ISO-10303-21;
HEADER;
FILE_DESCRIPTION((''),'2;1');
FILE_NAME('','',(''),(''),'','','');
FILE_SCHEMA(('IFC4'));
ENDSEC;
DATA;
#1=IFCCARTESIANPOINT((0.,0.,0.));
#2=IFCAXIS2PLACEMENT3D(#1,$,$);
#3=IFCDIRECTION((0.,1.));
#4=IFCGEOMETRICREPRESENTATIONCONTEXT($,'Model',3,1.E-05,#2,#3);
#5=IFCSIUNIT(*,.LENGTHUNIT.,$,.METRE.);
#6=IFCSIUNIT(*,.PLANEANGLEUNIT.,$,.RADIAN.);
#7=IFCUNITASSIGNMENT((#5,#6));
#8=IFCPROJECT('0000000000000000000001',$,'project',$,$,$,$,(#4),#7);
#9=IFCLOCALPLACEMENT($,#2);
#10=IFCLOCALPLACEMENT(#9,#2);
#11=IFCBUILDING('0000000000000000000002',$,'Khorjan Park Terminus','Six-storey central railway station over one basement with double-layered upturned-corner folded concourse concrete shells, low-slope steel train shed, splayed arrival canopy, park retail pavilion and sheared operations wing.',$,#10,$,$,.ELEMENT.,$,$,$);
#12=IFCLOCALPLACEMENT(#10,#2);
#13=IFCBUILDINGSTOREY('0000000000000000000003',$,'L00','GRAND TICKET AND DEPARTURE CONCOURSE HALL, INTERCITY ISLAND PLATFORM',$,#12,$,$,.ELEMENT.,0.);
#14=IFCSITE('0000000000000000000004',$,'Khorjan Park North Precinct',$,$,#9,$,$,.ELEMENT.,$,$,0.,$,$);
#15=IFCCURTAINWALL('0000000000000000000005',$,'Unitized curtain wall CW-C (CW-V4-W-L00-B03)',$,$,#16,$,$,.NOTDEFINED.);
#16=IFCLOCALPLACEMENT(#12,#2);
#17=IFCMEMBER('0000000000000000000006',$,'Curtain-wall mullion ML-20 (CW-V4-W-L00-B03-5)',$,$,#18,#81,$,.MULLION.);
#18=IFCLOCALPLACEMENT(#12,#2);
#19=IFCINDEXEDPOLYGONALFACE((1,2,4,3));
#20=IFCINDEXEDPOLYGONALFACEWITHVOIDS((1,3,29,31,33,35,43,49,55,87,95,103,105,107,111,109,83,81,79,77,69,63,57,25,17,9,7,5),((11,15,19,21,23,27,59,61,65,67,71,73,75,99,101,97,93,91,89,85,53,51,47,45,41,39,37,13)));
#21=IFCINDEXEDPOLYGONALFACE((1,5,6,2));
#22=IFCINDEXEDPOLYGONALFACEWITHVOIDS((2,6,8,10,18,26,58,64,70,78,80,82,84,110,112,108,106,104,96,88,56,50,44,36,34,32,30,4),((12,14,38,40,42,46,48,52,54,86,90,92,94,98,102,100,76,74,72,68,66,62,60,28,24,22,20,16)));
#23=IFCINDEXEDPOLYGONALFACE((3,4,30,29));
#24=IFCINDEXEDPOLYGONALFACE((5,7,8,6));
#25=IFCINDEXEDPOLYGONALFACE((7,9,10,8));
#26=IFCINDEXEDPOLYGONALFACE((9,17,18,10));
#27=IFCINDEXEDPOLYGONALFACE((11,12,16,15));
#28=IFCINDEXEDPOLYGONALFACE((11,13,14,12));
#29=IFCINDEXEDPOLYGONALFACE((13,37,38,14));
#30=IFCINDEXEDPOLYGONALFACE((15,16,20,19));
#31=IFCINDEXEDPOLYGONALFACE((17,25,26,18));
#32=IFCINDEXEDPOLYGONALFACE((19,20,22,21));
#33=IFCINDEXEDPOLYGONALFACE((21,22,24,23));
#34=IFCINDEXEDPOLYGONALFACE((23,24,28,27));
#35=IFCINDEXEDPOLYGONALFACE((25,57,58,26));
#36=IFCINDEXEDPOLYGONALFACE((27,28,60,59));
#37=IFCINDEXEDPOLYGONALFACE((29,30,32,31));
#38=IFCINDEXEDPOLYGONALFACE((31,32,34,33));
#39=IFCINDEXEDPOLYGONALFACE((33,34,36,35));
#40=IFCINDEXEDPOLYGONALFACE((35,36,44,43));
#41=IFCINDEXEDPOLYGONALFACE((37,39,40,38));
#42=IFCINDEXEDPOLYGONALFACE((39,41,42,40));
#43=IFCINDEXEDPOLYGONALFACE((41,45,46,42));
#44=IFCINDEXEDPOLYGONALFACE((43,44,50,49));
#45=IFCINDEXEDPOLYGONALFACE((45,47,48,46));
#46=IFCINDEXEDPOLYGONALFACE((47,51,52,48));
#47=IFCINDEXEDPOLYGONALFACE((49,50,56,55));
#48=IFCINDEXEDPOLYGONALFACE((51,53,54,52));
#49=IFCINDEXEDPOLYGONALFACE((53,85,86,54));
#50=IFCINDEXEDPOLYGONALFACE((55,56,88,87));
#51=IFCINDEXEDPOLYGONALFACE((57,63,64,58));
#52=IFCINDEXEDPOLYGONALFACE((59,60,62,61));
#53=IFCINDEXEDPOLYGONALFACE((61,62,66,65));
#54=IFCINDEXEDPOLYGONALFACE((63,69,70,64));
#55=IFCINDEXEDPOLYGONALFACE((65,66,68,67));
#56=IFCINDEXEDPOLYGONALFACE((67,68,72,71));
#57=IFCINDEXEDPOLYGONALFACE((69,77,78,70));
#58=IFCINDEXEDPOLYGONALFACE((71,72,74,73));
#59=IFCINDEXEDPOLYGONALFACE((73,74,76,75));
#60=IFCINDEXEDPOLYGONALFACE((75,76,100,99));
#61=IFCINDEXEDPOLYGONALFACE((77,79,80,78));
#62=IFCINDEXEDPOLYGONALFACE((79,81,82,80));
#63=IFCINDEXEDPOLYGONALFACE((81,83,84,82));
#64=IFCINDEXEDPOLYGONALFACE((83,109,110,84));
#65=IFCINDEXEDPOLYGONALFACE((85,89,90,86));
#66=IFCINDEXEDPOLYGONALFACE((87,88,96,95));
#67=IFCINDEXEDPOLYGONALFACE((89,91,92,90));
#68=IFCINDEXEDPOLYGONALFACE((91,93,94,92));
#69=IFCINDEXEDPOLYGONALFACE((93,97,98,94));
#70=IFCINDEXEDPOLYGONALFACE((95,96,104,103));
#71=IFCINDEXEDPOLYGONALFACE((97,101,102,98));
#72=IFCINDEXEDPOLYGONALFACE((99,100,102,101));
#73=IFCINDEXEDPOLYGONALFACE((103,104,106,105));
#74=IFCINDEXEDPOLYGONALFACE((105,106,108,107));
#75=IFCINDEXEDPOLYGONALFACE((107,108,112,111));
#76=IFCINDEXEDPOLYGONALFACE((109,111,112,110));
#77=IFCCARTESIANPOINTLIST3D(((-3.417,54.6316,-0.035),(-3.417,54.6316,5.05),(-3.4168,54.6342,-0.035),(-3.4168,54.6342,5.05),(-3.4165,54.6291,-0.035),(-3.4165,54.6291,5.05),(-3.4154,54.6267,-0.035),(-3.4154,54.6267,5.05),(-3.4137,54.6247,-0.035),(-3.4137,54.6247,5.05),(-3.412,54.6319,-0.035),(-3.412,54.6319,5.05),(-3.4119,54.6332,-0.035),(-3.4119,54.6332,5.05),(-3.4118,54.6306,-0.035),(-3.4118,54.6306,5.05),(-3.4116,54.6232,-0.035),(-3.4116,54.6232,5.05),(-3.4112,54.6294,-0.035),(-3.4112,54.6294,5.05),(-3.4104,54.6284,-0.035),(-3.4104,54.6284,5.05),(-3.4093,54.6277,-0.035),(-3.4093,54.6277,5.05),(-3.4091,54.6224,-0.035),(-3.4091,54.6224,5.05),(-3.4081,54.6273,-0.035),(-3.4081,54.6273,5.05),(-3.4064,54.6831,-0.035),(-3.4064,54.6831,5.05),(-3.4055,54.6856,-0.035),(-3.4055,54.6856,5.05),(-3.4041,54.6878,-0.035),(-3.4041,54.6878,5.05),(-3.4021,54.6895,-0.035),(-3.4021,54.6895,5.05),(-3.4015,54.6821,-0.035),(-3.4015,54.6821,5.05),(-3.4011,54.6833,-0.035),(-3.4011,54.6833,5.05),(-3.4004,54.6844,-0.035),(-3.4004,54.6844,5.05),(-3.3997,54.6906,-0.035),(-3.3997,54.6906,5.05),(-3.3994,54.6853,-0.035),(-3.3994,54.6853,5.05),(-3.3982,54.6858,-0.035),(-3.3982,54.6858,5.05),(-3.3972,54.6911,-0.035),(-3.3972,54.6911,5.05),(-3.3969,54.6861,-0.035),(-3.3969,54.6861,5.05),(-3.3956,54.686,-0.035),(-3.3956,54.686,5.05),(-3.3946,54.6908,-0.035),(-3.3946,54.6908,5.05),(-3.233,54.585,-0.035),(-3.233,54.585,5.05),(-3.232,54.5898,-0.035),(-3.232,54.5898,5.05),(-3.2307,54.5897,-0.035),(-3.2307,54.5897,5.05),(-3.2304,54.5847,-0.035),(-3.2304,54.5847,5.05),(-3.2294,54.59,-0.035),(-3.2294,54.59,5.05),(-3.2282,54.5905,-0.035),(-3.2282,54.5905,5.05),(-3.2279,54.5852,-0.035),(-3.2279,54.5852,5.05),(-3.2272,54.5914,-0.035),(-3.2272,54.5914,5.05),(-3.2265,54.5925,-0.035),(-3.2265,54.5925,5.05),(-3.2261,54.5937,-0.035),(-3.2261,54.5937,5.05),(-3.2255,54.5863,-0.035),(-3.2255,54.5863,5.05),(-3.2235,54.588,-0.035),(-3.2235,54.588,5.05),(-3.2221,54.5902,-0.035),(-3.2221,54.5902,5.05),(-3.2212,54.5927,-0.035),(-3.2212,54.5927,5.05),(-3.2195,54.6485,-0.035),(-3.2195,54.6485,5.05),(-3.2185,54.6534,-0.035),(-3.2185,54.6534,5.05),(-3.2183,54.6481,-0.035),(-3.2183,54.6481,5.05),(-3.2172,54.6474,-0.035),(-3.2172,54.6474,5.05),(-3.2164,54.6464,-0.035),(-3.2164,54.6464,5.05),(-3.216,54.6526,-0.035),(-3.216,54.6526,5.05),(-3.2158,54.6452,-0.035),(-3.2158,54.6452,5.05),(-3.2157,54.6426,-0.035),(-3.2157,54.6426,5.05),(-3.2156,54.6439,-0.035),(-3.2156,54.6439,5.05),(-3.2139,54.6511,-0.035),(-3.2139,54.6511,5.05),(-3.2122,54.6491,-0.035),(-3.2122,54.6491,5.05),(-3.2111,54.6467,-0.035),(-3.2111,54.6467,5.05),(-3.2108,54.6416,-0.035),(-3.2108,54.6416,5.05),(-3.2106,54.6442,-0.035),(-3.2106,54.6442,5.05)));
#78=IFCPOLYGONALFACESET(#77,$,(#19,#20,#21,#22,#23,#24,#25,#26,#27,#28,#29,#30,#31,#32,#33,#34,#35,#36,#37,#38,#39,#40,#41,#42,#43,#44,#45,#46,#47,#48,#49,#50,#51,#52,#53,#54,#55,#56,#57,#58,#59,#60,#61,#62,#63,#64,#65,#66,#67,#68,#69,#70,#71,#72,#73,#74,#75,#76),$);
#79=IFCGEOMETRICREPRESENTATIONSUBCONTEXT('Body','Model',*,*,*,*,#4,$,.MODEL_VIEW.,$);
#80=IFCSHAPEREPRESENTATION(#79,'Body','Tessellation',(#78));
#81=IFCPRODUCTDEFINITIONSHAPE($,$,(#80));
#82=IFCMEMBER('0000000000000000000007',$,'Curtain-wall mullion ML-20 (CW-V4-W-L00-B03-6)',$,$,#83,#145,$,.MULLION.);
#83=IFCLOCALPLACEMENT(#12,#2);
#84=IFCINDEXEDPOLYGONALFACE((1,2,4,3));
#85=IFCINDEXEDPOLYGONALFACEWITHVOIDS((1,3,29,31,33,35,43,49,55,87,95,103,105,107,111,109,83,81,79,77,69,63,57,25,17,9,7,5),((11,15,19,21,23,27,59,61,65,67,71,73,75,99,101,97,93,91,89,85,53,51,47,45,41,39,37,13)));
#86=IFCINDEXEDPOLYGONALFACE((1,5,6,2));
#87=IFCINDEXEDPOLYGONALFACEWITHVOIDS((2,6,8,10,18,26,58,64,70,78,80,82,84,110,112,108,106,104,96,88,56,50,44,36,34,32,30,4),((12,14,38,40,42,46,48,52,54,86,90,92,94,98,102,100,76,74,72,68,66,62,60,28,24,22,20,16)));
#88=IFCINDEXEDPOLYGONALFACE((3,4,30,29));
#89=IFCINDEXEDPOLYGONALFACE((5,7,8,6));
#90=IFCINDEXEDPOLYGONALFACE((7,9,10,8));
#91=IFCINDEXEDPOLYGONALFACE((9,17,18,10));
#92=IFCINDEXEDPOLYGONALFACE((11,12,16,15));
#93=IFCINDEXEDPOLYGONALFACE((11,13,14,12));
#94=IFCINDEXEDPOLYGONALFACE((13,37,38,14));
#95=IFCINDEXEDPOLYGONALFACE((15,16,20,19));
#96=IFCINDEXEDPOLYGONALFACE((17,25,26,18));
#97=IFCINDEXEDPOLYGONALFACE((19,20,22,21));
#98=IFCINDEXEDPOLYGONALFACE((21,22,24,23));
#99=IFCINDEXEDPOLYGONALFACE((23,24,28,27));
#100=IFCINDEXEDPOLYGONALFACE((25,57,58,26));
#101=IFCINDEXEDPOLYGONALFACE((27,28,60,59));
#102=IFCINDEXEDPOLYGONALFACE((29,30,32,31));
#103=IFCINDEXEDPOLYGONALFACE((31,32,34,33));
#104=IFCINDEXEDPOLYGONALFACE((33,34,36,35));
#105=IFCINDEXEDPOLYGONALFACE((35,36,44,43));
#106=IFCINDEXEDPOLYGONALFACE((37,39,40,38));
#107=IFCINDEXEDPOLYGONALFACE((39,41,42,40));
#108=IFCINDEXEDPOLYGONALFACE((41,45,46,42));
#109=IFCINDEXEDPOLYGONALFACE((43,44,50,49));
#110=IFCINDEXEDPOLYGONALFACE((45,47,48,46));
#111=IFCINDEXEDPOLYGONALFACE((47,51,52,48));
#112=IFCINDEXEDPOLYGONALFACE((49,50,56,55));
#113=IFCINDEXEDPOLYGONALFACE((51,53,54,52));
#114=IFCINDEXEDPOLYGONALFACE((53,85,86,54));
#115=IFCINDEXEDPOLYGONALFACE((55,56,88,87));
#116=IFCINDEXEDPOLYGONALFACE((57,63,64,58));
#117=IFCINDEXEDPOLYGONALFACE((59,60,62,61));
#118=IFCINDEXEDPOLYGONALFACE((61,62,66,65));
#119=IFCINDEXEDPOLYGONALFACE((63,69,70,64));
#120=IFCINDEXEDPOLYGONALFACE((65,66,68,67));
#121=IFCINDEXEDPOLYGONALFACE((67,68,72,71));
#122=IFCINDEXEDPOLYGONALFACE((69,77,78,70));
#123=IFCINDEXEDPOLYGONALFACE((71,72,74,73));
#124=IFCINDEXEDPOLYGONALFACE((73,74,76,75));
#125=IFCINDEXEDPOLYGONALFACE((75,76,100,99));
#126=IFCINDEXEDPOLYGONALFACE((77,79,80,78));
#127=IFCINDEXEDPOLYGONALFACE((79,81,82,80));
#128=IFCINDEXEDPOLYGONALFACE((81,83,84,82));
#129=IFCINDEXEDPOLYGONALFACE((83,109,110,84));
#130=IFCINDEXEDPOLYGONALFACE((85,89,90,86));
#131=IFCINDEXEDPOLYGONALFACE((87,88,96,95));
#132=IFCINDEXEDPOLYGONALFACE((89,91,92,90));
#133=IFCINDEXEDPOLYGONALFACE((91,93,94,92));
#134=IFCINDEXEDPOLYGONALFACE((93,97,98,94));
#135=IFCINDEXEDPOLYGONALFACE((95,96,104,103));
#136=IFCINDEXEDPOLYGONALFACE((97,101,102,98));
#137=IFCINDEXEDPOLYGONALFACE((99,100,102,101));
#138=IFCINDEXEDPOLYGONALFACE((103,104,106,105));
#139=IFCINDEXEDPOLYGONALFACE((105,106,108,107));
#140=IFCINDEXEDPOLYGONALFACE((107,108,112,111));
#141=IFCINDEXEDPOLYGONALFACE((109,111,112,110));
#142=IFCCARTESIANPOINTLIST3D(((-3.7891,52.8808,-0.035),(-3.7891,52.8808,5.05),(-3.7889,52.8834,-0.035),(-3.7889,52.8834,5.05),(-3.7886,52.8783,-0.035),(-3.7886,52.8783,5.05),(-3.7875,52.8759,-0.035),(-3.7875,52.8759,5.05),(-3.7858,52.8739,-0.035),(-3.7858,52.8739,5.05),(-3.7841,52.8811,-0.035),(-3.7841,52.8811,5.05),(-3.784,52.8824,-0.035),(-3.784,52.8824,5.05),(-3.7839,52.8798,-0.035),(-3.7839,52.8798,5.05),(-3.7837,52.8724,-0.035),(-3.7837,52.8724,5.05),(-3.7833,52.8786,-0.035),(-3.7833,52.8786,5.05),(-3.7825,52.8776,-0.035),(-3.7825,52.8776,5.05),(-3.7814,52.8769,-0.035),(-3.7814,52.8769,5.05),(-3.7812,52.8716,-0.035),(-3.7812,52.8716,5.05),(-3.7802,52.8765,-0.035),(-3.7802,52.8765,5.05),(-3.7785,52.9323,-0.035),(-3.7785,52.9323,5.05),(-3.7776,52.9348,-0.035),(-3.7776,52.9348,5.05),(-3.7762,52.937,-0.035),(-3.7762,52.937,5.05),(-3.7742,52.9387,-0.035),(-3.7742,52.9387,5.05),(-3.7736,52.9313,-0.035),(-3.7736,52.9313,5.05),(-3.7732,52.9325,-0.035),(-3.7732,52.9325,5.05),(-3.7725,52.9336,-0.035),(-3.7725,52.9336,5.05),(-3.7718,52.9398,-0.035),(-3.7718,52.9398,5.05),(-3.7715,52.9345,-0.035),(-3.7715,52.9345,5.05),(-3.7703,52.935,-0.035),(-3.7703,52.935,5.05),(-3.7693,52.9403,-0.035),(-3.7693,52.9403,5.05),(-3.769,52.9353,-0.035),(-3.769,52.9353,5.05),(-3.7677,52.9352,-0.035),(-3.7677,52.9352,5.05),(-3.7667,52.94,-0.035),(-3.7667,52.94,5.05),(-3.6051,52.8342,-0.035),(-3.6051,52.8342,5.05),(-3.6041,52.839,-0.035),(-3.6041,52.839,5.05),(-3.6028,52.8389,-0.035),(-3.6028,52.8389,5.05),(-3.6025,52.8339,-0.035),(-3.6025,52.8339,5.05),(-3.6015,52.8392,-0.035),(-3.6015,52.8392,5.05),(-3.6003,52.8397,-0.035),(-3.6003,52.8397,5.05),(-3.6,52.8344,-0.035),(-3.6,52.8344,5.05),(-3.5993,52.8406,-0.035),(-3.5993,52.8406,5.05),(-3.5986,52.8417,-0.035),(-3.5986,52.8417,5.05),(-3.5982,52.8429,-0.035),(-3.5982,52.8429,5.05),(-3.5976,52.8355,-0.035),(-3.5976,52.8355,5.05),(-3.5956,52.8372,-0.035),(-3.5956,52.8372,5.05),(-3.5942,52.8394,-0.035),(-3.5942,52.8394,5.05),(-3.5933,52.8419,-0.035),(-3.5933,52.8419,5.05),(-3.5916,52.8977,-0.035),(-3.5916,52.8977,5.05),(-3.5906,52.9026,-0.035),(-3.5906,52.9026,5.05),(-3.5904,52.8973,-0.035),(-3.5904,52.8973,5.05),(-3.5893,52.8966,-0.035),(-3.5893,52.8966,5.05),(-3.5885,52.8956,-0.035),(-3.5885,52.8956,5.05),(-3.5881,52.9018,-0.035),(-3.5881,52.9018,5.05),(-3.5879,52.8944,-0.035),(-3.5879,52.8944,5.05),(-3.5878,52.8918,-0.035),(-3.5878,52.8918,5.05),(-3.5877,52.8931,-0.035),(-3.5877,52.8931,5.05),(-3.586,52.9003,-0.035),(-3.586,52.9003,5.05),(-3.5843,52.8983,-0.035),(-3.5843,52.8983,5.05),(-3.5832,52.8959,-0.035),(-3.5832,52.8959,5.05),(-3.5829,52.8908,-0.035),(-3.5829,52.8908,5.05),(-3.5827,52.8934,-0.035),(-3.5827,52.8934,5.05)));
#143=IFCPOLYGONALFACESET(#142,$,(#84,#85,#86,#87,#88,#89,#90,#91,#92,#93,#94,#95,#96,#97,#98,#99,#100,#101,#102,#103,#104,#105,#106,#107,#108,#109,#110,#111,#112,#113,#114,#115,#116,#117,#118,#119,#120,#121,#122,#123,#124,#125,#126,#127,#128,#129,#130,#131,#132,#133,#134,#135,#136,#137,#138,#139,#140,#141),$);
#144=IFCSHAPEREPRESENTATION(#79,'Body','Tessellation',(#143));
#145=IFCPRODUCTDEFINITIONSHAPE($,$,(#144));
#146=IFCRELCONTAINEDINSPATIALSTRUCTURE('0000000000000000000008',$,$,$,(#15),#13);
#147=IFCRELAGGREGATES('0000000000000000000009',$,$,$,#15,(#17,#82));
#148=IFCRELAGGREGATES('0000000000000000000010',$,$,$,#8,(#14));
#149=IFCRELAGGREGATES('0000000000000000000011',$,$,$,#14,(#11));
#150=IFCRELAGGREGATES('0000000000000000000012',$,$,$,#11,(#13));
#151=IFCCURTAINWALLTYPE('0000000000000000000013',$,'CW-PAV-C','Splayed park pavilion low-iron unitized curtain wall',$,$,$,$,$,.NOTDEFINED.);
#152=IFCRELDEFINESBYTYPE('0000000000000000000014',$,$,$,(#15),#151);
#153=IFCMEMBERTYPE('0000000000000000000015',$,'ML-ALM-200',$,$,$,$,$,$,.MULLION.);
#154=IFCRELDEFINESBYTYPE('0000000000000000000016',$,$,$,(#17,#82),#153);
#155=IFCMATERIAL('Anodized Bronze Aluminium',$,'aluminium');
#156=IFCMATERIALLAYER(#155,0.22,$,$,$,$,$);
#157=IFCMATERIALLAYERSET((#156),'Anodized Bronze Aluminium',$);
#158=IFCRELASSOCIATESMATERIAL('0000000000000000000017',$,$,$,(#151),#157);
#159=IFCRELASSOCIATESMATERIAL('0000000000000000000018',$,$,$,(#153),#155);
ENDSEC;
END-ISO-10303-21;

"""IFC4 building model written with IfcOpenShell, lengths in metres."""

from ifc_helpers import new_model, si_unit, direction, frame, origin, origin_2d, place, context, subcontext, project, spatial, hollow_rectangle, extrude, material, layer, layer_set, material_profile, profile_set, type_object, element, aggregate, save


model = new_model("IFC4")

# Units and contexts
model_context = context("Model", 3, precision=1e-05, world=origin(), true_north=direction((0.0, 1.0)))
body_context = subcontext(model_context, "Body", "Model", "MODEL_VIEW")
ifc_project = project(units=[si_unit("LENGTHUNIT", "METRE"), si_unit("PLANEANGLEUNIT", "RADIAN")], contexts=[model_context])

# Site, building, storey
site_placement = place(None, origin())
site = spatial("IfcSite", under=ifc_project, at=site_placement, Name="Khorjan Park North Precinct", CompositionType="ELEMENT", RefElevation=0.0)
building_placement = place(site_placement, origin())
building = spatial("IfcBuilding", under=site, at=building_placement, Name="Khorjan Park Terminus", Description="Six-storey central railway station over one basement with double-layered upturned-corner folded concourse concrete shells, low-slope steel train shed, splayed arrival canopy, park retail pavilion and sheared operations wing.", CompositionType="ELEMENT")
storey_placement = place(building_placement, origin())
storey = spatial("IfcBuildingStorey", under=building, at=storey_placement, Name="L00", Description="GRAND TICKET AND DEPARTURE CONCOURSE HALL, INTERCITY ISLAND PLATFORM", CompositionType="ELEMENT", Elevation=0.0)

# Curtain wall, members
ifc_material_1 = material(Name="Anodized Bronze Aluminium", Category="aluminium")
ifc_layer_1 = layer(ifc_material_1, 0.22)
ifc_layer_set_1 = layer_set([ifc_layer_1], Name="Anodized Bronze Aluminium")
curtain_wall_type = type_object("IfcCurtainWallType", Name="CW-PAV-C", Description="Splayed park pavilion low-iron unitized curtain wall", PredefinedType="NOTDEFINED", material=ifc_layer_set_1)
curtain_wall_placement = place(storey_placement, origin())
curtain_wall = element("IfcCurtainWall", 1, at=curtain_wall_placement, inside=storey, type_object=curtain_wall_type, Name="Unitized curtain wall CW-C (CW-V4-W-L00-B03)", PredefinedType="NOTDEFINED")
ifc_material_profile_1 = material_profile(ifc_material_1, hollow_rectangle(XDim=0.07, YDim=0.2, WallThickness=0.005, InnerFilletRadius=0.005, OuterFilletRadius=0.01, at=origin_2d()), Name="ALM 70x200x5")
ifc_profile_set_1 = profile_set([ifc_material_profile_1], Name="Anodized Bronze Aluminium")
member_type_1 = type_object("IfcMemberType", Name="ML-ALM-200", PredefinedType="MULLION", material=ifc_profile_set_1)
member_1_placement = place(storey_placement, frame((-3.3138, 54.6379, -0.035), z_axis=(0.0, 0.0, 1.0), x_axis=(-0.207917, -0.978147, 0.0)))
member_1 = element("IfcMember", 2, at=member_1_placement, type_object=member_type_1, Name="Curtain-wall mullion ML-20 (CW-V4-W-L00-B03-5)", PredefinedType="MULLION", context=body_context, shape_type="SweptSolid", body=[
    extrude(hollow_rectangle(XDim=0.07, YDim=0.2, WallThickness=0.005, InnerFilletRadius=0.005, OuterFilletRadius=0.01, at=origin_2d()), origin(), (0.0, 0.0, 1.0), 5.085),
])
member_2_placement = place(storey_placement, frame((-3.6859, 52.8871, -0.035), z_axis=(0.0, 0.0, 1.0), x_axis=(-0.207917, -0.978147, 0.0)))
member_2 = element("IfcMember", 3, at=member_2_placement, type_object=member_type_1, Name="Curtain-wall mullion ML-20 (CW-V4-W-L00-B03-6)", PredefinedType="MULLION", context=body_context, shape_type="SweptSolid", body=[
    extrude(hollow_rectangle(XDim=0.07, YDim=0.2, WallThickness=0.005, InnerFilletRadius=0.005, OuterFilletRadius=0.01, at=origin_2d()), origin(), (0.0, 0.0, 1.0), 5.085),
])
aggregate(curtain_wall, [member_1, member_2])

save(model, "model.ifc")
